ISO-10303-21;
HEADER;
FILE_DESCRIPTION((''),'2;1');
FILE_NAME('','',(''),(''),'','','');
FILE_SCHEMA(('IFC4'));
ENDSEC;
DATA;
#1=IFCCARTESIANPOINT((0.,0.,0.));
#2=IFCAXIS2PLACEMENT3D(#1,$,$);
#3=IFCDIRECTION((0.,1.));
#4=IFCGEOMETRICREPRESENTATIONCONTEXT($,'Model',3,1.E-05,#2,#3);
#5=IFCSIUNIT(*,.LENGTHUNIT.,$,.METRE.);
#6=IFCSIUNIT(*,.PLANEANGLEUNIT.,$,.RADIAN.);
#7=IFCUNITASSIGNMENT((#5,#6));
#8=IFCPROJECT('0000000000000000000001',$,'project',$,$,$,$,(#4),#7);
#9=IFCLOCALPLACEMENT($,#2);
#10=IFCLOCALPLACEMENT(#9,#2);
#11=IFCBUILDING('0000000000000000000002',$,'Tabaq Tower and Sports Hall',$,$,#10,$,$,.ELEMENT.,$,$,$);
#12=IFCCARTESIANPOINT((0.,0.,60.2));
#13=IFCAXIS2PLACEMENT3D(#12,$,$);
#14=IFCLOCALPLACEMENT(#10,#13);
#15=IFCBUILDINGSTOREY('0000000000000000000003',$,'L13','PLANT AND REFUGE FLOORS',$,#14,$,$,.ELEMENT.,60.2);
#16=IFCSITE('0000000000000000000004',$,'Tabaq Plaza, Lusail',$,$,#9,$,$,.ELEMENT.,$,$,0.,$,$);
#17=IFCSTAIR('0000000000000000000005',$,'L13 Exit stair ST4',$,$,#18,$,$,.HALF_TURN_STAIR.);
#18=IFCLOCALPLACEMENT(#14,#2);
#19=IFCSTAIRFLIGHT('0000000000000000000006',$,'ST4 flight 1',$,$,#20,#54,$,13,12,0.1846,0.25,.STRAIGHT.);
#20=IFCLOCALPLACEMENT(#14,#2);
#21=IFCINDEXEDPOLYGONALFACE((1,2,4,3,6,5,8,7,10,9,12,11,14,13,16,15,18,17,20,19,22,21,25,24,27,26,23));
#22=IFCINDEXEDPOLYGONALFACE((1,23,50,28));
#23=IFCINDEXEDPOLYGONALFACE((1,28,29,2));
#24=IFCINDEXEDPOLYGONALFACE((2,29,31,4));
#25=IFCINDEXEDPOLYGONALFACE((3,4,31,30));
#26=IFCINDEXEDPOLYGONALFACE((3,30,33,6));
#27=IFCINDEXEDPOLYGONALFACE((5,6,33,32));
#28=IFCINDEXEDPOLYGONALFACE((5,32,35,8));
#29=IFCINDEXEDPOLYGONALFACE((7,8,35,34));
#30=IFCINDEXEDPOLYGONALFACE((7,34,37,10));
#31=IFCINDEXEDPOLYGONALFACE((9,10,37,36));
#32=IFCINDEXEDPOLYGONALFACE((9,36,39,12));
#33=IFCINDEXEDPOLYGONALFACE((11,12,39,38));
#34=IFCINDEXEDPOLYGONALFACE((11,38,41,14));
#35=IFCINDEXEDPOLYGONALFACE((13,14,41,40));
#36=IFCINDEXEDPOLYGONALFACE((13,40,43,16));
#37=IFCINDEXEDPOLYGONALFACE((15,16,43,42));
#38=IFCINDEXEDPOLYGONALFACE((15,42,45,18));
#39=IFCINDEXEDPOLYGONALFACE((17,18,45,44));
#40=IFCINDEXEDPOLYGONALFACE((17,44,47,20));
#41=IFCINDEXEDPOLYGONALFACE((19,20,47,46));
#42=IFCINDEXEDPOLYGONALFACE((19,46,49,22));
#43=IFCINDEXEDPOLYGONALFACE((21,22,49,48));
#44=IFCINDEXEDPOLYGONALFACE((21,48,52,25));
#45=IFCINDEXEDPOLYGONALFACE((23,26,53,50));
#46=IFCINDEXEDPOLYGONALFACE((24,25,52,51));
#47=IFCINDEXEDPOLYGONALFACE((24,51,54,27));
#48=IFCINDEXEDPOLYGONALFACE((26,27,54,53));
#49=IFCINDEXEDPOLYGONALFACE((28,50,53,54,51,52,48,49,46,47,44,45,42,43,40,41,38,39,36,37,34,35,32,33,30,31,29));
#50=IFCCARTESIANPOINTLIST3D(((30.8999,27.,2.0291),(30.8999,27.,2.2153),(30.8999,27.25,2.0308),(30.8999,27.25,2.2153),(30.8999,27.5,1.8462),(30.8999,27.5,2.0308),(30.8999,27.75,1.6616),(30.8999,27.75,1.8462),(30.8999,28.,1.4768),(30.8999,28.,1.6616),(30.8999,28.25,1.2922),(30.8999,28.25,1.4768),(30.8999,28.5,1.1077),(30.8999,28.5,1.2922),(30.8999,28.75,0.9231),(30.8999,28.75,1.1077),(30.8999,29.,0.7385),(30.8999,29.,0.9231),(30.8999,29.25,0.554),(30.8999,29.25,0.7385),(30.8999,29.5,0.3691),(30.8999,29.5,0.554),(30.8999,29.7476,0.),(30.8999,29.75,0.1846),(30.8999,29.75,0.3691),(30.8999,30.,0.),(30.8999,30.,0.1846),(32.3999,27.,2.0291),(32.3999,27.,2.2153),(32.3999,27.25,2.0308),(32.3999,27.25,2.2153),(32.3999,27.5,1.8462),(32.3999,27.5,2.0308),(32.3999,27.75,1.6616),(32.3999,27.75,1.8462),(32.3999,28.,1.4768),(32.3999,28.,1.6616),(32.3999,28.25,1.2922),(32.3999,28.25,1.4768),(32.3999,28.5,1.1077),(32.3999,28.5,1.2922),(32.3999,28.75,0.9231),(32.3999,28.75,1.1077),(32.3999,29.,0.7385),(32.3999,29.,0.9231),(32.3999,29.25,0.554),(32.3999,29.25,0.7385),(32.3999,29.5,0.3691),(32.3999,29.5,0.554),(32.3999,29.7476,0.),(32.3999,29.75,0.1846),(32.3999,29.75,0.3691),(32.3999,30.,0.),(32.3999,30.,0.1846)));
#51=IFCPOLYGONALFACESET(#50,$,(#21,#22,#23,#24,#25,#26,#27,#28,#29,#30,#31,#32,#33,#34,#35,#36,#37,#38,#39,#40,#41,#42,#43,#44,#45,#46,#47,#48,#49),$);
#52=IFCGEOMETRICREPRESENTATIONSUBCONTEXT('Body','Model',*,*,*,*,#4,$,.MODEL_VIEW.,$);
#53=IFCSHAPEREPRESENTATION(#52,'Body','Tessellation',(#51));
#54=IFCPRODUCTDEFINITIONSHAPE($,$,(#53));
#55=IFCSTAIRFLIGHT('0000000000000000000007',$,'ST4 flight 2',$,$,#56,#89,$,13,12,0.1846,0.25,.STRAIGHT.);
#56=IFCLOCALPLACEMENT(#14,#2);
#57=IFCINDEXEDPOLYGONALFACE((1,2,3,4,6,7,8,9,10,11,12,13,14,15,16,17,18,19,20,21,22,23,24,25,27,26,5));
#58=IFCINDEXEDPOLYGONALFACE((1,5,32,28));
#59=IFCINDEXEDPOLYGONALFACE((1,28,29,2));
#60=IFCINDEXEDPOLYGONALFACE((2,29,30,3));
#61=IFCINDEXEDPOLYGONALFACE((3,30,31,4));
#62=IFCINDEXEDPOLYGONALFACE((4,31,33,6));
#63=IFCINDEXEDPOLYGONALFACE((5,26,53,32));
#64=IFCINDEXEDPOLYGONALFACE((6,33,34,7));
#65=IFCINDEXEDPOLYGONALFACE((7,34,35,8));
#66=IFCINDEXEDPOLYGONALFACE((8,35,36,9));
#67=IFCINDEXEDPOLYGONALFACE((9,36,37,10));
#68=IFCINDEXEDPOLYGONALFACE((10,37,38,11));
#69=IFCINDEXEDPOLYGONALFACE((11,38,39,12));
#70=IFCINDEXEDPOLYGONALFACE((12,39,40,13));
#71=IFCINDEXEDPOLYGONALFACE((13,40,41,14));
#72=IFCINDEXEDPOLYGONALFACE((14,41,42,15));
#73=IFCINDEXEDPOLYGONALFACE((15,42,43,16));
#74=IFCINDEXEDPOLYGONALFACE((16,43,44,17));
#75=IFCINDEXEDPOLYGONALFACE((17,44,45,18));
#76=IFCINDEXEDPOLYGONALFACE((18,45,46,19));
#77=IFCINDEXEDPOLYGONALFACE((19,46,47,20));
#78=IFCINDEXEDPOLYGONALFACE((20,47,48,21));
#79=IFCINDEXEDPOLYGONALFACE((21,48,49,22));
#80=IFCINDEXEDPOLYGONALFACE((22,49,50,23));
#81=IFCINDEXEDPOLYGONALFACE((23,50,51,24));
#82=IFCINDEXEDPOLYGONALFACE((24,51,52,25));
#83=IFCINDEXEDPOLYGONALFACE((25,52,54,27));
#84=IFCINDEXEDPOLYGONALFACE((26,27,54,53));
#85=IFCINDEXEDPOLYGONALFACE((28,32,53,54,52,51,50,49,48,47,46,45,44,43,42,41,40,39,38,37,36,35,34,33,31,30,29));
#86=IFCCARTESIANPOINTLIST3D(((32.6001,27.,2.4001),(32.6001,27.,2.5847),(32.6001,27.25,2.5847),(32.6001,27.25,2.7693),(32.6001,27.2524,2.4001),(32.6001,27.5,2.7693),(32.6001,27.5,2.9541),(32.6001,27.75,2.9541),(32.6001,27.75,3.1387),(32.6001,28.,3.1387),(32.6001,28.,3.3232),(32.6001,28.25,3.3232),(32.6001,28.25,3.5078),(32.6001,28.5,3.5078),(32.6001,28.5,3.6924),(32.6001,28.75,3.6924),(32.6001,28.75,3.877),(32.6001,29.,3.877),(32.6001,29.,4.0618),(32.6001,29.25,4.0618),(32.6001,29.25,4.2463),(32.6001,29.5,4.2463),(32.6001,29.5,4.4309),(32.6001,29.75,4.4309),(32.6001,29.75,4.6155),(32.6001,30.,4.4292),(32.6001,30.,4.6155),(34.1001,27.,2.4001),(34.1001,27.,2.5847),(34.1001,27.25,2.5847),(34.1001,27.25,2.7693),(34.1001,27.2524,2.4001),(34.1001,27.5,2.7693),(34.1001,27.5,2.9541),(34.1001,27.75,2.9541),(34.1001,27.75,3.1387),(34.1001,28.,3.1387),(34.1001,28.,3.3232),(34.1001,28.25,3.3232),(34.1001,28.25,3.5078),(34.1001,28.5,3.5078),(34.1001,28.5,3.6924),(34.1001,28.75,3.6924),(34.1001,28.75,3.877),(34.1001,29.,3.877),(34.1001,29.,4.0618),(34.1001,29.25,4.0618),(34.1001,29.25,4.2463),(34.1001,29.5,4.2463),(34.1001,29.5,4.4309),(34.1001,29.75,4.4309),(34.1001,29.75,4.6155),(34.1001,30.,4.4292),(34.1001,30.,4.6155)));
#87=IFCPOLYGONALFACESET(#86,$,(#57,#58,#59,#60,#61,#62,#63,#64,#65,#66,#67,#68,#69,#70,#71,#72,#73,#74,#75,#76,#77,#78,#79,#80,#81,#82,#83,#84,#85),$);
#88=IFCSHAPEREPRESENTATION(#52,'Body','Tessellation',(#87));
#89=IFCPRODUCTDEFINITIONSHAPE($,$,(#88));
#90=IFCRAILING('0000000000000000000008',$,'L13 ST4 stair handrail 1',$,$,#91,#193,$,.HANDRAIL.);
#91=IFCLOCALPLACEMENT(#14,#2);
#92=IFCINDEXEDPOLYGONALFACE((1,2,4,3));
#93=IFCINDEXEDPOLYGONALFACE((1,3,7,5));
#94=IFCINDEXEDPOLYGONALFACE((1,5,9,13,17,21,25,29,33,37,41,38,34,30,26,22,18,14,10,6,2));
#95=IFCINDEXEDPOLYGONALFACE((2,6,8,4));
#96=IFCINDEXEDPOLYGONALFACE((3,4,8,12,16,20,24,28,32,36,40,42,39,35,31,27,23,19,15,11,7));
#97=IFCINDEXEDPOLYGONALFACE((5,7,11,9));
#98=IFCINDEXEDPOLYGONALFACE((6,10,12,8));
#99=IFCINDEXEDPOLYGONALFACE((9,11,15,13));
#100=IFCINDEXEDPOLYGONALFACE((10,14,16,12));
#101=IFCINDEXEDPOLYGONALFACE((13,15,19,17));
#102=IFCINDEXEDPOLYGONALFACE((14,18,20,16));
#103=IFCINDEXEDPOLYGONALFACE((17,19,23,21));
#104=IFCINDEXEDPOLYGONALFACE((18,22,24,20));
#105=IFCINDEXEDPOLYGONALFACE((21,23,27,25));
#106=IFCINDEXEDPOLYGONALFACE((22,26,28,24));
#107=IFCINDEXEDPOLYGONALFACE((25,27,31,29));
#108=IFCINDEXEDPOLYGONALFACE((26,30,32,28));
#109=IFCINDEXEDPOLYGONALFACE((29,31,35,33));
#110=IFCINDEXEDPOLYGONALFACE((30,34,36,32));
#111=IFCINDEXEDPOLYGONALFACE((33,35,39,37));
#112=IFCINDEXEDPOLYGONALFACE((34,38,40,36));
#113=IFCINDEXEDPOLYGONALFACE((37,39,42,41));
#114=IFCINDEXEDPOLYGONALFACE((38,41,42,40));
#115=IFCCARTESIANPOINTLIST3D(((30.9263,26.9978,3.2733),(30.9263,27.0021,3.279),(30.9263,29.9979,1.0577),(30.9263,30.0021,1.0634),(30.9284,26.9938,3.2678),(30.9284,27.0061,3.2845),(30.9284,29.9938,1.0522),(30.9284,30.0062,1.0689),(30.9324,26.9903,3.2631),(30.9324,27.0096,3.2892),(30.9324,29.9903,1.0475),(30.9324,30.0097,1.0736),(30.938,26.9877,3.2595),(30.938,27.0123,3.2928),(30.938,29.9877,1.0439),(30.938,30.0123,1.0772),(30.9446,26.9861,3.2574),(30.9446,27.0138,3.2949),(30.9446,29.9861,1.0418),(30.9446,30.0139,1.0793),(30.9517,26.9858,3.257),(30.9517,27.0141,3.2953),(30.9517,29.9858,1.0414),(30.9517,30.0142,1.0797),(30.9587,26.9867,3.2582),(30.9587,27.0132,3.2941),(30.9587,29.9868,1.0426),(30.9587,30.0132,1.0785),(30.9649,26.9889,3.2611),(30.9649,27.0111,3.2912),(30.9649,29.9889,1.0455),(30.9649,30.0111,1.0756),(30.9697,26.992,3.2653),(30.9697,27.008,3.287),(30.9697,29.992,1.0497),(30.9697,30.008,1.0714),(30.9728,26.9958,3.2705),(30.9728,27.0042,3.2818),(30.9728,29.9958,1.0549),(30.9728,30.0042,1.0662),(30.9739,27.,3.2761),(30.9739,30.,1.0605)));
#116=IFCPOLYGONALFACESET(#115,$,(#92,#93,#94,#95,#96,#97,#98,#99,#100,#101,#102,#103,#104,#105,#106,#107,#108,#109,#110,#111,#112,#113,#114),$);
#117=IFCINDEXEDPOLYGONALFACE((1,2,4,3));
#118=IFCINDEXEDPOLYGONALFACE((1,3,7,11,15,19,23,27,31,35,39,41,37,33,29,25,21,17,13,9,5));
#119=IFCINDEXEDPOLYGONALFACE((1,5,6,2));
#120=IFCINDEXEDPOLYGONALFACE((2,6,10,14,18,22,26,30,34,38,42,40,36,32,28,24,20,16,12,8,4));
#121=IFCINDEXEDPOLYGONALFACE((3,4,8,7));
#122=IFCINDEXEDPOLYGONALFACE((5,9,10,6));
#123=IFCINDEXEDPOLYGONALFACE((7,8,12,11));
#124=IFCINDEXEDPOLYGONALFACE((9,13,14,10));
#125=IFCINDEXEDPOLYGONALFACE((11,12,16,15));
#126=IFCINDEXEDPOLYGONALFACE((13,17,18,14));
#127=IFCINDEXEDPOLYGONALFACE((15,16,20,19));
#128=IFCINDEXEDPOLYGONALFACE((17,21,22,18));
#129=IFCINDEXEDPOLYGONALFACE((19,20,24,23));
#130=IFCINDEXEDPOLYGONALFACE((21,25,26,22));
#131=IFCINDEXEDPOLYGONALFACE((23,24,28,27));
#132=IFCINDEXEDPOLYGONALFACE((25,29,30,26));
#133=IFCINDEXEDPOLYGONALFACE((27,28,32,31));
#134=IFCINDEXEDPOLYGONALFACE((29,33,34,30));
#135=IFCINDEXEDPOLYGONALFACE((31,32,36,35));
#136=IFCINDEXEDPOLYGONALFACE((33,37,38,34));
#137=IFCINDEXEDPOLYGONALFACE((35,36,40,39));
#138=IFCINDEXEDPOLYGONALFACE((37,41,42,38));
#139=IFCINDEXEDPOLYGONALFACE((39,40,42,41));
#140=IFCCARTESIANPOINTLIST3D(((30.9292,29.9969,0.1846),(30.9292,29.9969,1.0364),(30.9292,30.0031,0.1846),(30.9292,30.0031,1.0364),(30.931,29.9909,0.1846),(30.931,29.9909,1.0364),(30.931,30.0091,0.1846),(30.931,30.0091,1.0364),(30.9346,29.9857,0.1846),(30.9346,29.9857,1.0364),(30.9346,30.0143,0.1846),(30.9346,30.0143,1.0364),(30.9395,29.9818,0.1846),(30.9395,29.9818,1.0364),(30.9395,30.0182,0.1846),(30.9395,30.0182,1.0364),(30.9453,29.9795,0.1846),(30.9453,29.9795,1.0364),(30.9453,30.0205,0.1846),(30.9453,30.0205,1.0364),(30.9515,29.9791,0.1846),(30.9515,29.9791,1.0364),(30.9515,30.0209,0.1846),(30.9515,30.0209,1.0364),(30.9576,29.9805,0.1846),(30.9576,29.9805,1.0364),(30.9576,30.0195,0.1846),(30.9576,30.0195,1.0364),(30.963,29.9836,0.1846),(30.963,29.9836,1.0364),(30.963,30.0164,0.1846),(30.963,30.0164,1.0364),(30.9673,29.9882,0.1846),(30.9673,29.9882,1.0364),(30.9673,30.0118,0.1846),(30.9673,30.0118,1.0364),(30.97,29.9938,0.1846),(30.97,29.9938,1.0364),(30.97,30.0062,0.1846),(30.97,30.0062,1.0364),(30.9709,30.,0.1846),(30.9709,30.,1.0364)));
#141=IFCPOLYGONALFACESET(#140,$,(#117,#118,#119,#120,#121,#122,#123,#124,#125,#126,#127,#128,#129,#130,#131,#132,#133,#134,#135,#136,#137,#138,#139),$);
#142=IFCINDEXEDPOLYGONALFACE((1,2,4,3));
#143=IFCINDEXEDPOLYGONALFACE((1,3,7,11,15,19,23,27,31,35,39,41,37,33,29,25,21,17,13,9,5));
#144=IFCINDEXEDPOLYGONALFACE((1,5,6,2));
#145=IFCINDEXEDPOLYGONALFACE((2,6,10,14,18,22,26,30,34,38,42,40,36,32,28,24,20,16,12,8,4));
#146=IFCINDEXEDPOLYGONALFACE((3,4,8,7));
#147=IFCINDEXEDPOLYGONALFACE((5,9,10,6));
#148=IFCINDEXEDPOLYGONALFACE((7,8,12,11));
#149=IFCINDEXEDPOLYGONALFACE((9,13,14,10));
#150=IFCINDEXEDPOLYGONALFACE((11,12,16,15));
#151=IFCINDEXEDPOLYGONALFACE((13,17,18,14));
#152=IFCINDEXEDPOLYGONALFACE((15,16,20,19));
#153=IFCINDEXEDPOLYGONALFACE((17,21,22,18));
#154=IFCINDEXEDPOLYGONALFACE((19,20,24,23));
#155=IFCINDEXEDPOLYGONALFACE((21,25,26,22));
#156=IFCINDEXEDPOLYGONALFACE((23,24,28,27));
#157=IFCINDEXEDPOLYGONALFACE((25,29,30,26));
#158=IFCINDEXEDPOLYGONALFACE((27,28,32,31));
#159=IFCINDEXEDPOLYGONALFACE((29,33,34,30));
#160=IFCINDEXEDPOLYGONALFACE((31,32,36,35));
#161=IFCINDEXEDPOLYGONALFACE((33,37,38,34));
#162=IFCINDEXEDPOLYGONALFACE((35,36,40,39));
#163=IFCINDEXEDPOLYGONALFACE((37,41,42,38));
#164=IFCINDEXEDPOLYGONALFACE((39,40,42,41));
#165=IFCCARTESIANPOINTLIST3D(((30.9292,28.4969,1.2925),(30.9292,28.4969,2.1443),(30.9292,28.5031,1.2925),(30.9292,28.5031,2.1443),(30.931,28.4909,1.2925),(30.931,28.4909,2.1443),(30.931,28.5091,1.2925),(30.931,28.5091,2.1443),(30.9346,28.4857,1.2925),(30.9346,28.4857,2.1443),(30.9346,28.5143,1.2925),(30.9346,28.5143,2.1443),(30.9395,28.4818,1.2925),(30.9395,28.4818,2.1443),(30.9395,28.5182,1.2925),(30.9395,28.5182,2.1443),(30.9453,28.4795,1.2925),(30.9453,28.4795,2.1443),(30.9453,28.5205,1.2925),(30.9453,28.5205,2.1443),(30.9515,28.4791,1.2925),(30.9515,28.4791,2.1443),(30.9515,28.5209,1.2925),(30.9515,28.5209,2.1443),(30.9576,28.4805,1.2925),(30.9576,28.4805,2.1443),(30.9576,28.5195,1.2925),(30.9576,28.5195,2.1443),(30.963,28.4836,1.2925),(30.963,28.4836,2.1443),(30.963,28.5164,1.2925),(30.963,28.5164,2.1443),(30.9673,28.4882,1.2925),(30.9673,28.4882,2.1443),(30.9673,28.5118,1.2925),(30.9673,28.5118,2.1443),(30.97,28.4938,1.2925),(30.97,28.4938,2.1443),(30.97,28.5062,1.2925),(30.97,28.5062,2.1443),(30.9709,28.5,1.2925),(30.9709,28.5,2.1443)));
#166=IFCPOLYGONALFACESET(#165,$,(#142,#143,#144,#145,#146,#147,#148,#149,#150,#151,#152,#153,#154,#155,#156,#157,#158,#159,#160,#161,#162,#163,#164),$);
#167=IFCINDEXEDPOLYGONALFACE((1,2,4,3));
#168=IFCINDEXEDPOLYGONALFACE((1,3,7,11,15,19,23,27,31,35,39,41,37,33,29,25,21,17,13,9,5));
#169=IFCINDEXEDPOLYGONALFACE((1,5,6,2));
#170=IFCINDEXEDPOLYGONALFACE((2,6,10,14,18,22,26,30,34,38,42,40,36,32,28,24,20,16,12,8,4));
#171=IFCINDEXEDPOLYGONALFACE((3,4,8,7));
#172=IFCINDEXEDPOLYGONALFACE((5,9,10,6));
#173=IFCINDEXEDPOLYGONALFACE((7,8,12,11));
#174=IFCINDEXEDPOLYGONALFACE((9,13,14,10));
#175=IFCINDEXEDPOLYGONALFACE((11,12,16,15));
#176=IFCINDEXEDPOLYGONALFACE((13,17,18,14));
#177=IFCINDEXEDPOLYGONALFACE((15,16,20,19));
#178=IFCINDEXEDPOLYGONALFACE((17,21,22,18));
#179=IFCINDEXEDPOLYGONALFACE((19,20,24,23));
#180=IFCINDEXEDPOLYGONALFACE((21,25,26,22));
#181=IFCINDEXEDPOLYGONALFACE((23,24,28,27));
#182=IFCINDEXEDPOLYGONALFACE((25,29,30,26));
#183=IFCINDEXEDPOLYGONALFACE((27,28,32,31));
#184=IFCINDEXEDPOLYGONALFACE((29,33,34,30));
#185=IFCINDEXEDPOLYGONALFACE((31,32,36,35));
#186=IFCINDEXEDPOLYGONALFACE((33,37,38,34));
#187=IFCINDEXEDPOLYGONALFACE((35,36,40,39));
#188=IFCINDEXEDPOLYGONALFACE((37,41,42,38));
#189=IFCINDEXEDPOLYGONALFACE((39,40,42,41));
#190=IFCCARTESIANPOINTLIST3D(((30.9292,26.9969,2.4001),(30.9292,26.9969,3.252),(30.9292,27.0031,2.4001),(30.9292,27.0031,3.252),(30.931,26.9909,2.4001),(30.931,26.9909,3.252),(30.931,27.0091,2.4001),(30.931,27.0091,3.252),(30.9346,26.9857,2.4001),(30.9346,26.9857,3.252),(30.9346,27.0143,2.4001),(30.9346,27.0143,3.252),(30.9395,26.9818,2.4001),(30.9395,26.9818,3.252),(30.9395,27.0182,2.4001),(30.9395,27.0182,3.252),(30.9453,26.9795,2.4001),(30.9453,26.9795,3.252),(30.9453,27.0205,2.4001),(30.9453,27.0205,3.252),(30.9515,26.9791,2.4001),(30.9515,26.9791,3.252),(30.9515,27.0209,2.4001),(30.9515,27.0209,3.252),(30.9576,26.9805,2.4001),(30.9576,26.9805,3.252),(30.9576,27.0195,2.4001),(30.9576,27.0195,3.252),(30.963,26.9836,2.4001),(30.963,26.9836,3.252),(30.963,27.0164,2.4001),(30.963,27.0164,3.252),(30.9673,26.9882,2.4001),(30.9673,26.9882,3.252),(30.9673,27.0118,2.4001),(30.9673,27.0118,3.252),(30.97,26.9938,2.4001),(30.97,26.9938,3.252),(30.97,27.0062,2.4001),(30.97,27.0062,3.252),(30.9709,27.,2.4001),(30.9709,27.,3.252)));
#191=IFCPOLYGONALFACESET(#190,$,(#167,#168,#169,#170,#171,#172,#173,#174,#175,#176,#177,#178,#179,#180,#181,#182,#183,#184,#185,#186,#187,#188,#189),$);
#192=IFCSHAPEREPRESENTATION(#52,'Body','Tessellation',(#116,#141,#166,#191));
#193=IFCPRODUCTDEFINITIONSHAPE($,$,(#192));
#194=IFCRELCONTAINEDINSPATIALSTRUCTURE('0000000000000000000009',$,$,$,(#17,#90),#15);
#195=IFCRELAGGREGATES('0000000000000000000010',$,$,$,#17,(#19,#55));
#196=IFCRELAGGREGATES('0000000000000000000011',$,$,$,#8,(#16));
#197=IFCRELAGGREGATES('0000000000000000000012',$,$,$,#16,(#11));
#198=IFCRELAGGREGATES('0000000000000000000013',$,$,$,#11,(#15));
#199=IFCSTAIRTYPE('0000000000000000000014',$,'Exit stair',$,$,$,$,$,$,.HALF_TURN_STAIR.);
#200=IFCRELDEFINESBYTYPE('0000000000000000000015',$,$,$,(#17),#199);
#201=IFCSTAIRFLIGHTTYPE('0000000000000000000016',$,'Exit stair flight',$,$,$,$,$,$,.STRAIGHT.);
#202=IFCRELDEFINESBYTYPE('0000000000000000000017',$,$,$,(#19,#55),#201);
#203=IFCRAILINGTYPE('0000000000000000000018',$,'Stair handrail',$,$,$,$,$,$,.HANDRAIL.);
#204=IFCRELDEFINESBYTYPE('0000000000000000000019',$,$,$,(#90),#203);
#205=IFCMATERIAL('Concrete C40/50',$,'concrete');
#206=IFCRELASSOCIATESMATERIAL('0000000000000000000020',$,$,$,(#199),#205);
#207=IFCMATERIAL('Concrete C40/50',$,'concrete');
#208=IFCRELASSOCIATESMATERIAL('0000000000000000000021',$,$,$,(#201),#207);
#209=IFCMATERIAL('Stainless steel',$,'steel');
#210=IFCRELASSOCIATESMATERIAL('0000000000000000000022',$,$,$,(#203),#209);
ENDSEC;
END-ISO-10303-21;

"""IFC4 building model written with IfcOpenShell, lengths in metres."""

from ifc_helpers import new_model, si_unit, direction, frame, origin, origin_2d, place, context, subcontext, project, spatial, polyline, circle, outline, extrude, material, type_object, element, aggregate, save


model = new_model("IFC4")

# Units and contexts
model_context = context("Model", 3, precision=1e-05, world=origin(), true_north=direction((0.0, 1.0)))
body_context = subcontext(model_context, "Body", "Model", "MODEL_VIEW")
ifc_project = project(units=[si_unit("LENGTHUNIT", "METRE"), si_unit("PLANEANGLEUNIT", "RADIAN")], contexts=[model_context])

# Site, building, storey
site_placement = place(None, origin())
site = spatial("IfcSite", under=ifc_project, at=site_placement, Name="Tabaq Plaza, Lusail", CompositionType="ELEMENT", RefElevation=0.0)
building_placement = place(site_placement, origin())
building = spatial("IfcBuilding", under=site, at=building_placement, Name="Tabaq Tower and Sports Hall", CompositionType="ELEMENT")
storey_placement = place(building_placement, frame((0.0, 0.0, 60.2)))
storey = spatial("IfcBuildingStorey", under=building, at=storey_placement, Name="L13", Description="PLANT AND REFUGE FLOORS", CompositionType="ELEMENT", Elevation=60.2)

# Stair, stair flights
ifc_material_1 = material(Name="Concrete C40/50", Category="concrete")
stair_type = type_object("IfcStairType", Name="Exit stair", PredefinedType="HALF_TURN_STAIR", material=ifc_material_1)
stair_placement = place(storey_placement, origin())
stair = element("IfcStair", 1, at=stair_placement, inside=storey, type_object=stair_type, Name="L13 Exit stair ST4", PredefinedType="HALF_TURN_STAIR")
ifc_material_2 = material(Name="Concrete C40/50", Category="concrete")
stair_flight_type = type_object("IfcStairFlightType", Name="Exit stair flight", PredefinedType="STRAIGHT", material=ifc_material_2)
stair_flight_1_placement = place(storey_placement, frame((31.6499, 30.0, 0.0), z_axis=(0.0, 0.0, 1.0), x_axis=(0.0, -1.0, 0.0)))
stair_flight_1 = element("IfcStairFlight", 2, at=stair_flight_1_placement, type_object=stair_flight_type, Name="ST4 flight 1", NumberOfRisers=13, NumberOfTreads=12, PredefinedType="STRAIGHT", RiserHeight=0.1846, TreadLength=0.25, context=body_context, shape_type="SweptSolid", body=[
    extrude(outline(polyline([(0.0, 0.0), (0.0, 0.1846), (0.25, 0.1846), (0.25, 0.3691), (0.5, 0.3691), (0.5, 0.554), (0.75, 0.554), (0.75, 0.7385), (1.0, 0.7385), (1.0, 0.9231), (1.25, 0.9231), (1.25, 1.1077), (1.5, 1.1077), (1.5, 1.2922), (1.75, 1.2922), (1.75, 1.4768), (2.0, 1.4768), (2.0, 1.6616), (2.25, 1.6616), (2.25, 1.8462), (2.5, 1.8462), (2.5, 2.0308), (2.75, 2.0308), (2.75, 2.2153), (3.0, 2.2153), (3.0, 2.3999), (3.0, 2.0291), (0.2524, 0.0), (0.0, 0.0)])), frame((0.0, 0.75, 0.0), z_axis=(0.0, -1.0, 0.0), x_axis=(1.0, 0.0, 0.0)), (0.0, 0.0, 1.0), 1.5),
])
stair_flight_2_placement = place(storey_placement, frame((33.3501, 27.0, 2.4001), z_axis=(0.0, 0.0, 1.0), x_axis=(0.0, 1.0, 0.0)))
stair_flight_2 = element("IfcStairFlight", 3, at=stair_flight_2_placement, type_object=stair_flight_type, Name="ST4 flight 2", NumberOfRisers=13, NumberOfTreads=12, PredefinedType="STRAIGHT", RiserHeight=0.1846, TreadLength=0.25, context=body_context, shape_type="SweptSolid", body=[
    extrude(outline(polyline([(0.0, 0.0), (0.0, 0.1846), (0.25, 0.1846), (0.25, 0.3691), (0.5, 0.3691), (0.5, 0.554), (0.75, 0.554), (0.75, 0.7385), (1.0, 0.7385), (1.0, 0.9231), (1.25, 0.9231), (1.25, 1.1077), (1.5, 1.1077), (1.5, 1.2922), (1.75, 1.2922), (1.75, 1.4768), (2.0, 1.4768), (2.0, 1.6616), (2.25, 1.6616), (2.25, 1.8462), (2.5, 1.8462), (2.5, 2.0308), (2.75, 2.0308), (2.75, 2.2153), (3.0, 2.2153), (3.0, 2.3999), (3.0, 2.0291), (0.2524, 0.0), (0.0, 0.0)])), frame((0.0, 0.75, 0.0), z_axis=(0.0, -1.0, 0.0), x_axis=(1.0, 0.0, 0.0)), (0.0, 0.0, 1.0), 1.5),
])
aggregate(stair, [stair_flight_1, stair_flight_2])

# Railing
ifc_material_3 = material(Name="Stainless steel", Category="steel")
railing_type_1 = type_object("IfcRailingType", Name="Stair handrail", PredefinedType="HANDRAIL", material=ifc_material_3)
railing_1_placement = place(storey_placement, frame((30.95, 30.0, 0.1846)))
element("IfcRailing", 4, at=railing_1_placement, inside=storey, type_object=railing_type_1, Name="L13 ST4 stair handrail 1", PredefinedType="HANDRAIL", context=body_context, shape_type="SweptSolid", body=[
    extrude(circle(Radius=0.0239, at=origin_2d()), frame((0.0, 0.0, 0.876), z_axis=(0.0, -0.804409, 0.594076), x_axis=(1.0, 0.0, 0.0)), (0.0, 0.0, 1.0), 3.7295),
    extrude(circle(Radius=0.021, at=origin_2d()), origin(), (0.0, 0.0, 1.0), 0.8518),
    extrude(circle(Radius=0.021, at=origin_2d()), frame((0.0, -1.5, 1.1079)), (0.0, 0.0, 1.0), 0.8518),
    extrude(circle(Radius=0.021, at=origin_2d()), frame((0.0, -3.0, 2.2156)), (0.0, 0.0, 1.0), 0.8518),
])

save(model, "model.ifc")
